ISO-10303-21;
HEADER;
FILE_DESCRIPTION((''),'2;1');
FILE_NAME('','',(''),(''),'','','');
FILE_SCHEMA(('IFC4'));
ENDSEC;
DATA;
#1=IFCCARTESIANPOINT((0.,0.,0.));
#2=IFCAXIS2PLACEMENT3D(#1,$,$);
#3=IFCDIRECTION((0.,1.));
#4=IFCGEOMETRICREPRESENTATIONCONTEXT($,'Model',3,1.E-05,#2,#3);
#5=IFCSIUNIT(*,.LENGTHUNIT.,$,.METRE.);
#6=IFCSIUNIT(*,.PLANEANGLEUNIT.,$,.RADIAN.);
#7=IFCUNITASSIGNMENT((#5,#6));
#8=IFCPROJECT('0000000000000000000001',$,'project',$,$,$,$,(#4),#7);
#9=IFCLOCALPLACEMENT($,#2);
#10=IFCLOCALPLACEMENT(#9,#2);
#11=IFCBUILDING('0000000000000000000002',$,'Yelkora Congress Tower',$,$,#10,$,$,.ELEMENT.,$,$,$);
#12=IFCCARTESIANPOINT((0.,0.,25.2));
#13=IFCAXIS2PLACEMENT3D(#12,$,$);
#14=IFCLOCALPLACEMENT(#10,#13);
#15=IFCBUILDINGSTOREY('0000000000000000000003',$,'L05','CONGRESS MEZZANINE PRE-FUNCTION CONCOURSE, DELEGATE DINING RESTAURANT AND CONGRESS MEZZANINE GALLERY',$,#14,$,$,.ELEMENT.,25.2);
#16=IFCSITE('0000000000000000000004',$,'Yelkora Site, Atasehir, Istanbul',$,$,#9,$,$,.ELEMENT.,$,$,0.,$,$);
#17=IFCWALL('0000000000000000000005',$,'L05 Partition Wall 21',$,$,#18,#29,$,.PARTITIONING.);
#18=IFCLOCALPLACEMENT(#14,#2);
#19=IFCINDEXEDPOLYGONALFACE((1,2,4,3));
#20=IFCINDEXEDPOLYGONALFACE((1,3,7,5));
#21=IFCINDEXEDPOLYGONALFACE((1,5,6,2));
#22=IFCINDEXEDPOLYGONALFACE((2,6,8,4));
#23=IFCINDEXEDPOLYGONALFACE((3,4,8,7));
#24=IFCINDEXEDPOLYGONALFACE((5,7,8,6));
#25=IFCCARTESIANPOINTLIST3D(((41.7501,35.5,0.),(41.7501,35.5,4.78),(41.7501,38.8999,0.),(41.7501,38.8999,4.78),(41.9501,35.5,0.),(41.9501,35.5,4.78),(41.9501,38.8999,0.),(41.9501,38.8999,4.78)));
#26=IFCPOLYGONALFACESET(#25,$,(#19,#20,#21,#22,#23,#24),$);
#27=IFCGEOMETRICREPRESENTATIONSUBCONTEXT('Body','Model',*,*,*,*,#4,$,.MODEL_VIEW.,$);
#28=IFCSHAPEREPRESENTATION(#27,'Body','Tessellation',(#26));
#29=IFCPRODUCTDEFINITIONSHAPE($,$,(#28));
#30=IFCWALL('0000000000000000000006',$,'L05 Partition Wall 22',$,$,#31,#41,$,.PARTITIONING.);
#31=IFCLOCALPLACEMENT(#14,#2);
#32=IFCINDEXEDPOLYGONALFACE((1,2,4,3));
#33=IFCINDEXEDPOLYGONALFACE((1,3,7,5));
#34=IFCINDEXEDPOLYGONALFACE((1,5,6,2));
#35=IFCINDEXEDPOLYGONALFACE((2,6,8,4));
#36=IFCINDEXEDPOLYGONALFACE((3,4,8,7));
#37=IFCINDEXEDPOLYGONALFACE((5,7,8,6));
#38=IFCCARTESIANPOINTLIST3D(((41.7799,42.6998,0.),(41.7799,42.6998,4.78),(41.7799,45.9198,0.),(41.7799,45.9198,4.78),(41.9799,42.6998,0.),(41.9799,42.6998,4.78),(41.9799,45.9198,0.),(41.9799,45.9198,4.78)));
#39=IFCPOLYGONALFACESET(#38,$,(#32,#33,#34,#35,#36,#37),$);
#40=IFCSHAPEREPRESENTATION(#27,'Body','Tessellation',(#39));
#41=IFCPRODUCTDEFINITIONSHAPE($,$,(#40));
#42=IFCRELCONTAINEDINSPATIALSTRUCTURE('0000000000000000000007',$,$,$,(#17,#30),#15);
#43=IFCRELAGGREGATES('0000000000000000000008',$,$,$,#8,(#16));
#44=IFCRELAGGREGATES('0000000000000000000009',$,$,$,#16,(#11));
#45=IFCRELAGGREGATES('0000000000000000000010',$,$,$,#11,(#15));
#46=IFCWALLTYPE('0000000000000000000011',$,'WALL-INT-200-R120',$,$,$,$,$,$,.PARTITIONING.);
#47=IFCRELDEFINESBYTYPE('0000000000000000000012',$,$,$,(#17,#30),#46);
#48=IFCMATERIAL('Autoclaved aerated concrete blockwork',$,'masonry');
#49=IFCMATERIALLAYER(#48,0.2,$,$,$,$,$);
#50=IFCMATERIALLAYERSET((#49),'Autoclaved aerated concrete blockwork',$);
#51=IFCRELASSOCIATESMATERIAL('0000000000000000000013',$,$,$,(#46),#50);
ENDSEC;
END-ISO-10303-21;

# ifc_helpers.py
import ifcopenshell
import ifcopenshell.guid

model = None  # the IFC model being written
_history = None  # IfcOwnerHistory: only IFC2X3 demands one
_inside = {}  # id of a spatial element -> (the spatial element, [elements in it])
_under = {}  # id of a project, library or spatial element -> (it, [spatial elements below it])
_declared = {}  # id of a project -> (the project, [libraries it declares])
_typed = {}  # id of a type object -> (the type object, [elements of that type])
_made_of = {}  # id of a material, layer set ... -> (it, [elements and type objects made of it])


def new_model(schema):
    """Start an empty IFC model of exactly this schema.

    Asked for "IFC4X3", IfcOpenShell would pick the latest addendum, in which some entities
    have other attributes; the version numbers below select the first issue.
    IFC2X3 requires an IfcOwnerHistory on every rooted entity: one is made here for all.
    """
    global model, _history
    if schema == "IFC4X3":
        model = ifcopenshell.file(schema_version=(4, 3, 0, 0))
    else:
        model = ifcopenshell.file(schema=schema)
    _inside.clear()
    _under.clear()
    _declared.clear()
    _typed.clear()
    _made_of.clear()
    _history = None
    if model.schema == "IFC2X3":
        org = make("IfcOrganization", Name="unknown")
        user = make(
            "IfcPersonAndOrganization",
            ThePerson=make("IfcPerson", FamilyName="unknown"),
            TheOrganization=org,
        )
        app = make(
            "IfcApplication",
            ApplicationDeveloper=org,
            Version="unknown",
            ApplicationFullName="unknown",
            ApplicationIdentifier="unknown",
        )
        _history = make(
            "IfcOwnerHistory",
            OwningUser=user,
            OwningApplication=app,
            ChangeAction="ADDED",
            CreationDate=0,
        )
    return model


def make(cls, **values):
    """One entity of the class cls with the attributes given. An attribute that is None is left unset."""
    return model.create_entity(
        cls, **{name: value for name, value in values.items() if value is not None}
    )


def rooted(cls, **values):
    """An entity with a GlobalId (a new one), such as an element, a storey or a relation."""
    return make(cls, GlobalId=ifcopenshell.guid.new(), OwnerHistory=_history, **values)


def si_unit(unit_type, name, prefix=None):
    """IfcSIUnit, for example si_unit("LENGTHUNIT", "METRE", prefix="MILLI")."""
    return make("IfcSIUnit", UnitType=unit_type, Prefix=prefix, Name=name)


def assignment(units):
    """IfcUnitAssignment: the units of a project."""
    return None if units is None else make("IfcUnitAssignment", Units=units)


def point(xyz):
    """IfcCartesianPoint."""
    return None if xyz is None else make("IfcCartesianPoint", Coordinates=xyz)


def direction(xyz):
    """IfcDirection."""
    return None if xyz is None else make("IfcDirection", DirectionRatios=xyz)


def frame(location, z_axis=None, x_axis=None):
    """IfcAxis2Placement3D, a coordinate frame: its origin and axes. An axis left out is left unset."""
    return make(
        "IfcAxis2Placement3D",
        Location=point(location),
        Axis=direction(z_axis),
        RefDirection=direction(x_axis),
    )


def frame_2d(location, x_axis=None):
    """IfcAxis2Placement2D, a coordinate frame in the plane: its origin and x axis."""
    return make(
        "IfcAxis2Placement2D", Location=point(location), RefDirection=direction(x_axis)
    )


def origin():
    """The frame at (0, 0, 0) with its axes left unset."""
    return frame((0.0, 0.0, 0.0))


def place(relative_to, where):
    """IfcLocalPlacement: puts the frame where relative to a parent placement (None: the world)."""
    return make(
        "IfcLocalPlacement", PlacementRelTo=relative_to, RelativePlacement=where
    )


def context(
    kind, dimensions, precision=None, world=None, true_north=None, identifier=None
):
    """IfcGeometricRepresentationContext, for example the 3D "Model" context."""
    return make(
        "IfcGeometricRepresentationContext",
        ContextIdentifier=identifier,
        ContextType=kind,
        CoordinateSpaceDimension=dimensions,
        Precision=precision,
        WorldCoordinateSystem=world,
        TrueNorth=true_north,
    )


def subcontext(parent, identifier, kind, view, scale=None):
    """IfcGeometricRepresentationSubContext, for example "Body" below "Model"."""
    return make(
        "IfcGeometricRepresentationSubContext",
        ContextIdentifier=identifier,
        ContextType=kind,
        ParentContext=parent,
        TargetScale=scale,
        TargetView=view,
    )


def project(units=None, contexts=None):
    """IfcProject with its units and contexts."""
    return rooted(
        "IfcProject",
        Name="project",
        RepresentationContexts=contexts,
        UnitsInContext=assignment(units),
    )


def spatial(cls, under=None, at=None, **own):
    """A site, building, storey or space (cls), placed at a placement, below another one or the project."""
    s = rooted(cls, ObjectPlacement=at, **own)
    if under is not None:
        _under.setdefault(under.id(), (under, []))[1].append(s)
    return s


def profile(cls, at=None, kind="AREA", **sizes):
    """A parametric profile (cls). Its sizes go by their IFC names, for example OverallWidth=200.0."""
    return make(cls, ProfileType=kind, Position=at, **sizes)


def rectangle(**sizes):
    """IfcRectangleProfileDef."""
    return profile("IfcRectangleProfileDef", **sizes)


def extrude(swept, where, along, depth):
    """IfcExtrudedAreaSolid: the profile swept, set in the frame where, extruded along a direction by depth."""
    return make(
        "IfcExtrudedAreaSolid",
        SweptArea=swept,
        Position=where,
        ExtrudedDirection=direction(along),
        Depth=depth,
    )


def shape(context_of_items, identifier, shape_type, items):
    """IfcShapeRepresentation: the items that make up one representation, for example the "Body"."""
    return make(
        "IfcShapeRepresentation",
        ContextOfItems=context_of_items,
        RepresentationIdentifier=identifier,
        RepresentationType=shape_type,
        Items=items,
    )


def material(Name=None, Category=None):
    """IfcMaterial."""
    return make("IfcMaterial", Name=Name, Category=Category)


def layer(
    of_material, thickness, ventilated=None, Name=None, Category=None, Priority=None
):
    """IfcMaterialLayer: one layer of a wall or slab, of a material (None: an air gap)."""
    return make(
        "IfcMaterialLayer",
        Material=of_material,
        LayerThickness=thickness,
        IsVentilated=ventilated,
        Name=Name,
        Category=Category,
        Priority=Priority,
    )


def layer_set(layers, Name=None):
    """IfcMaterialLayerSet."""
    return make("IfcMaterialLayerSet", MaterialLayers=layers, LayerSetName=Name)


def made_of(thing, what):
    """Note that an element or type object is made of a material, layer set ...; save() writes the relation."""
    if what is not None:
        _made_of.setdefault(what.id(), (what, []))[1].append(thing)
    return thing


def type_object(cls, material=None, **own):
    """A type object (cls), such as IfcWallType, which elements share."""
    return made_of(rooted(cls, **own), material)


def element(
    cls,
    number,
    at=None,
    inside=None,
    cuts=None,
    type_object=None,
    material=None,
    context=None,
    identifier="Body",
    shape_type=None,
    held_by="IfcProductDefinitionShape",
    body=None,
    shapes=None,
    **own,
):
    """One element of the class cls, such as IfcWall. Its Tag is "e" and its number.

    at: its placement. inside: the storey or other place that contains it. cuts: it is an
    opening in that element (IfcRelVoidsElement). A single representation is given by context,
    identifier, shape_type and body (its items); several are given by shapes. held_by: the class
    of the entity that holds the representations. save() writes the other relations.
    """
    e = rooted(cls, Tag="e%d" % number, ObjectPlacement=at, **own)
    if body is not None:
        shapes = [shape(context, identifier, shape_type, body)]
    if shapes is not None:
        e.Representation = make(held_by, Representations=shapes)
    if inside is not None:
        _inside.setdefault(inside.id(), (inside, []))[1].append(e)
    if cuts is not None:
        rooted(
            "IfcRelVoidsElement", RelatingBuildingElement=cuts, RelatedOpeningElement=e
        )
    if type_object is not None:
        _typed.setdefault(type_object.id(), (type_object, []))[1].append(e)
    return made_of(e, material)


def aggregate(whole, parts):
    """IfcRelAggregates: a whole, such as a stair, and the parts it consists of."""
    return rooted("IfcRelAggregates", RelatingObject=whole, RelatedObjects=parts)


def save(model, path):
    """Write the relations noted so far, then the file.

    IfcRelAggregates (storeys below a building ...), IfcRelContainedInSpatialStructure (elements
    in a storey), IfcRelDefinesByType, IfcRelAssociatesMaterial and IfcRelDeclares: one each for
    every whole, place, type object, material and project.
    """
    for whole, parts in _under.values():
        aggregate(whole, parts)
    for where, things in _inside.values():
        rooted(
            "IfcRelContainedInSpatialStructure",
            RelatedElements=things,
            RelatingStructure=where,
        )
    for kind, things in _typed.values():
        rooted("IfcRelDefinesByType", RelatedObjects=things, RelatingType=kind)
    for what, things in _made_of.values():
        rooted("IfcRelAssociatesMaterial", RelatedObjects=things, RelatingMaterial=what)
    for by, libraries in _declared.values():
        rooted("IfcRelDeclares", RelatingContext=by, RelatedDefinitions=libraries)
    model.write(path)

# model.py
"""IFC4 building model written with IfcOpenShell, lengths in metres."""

from ifc_helpers import new_model, si_unit, direction, frame, frame_2d, origin, place, context, subcontext, project, spatial, rectangle, extrude, material, layer, layer_set, type_object, element, save


model = new_model("IFC4")

# Units and contexts
model_context = context("Model", 3, precision=1e-05, world=origin(), true_north=direction((0.0, 1.0)))
body_context = subcontext(model_context, "Body", "Model", "MODEL_VIEW")
ifc_project = project(units=[si_unit("LENGTHUNIT", "METRE"), si_unit("PLANEANGLEUNIT", "RADIAN")], contexts=[model_context])

# Site, building, storey
site_placement = place(None, origin())
site = spatial("IfcSite", under=ifc_project, at=site_placement, Name="Yelkora Site, Atasehir, Istanbul", CompositionType="ELEMENT", RefElevation=0.0)
building_placement = place(site_placement, origin())
building = spatial("IfcBuilding", under=site, at=building_placement, Name="Yelkora Congress Tower", CompositionType="ELEMENT")
storey_placement = place(building_placement, frame((0.0, 0.0, 25.2)))
storey = spatial("IfcBuildingStorey", under=building, at=storey_placement, Name="L05", Description="CONGRESS MEZZANINE PRE-FUNCTION CONCOURSE, DELEGATE DINING RESTAURANT AND CONGRESS MEZZANINE GALLERY", CompositionType="ELEMENT", Elevation=25.2)

# Walls
ifc_material_1 = material(Name="Autoclaved aerated concrete blockwork", Category="masonry")
ifc_layer_1 = layer(ifc_material_1, 0.2)
ifc_layer_set_1 = layer_set([ifc_layer_1], Name="Autoclaved aerated concrete blockwork")
wall_type_1 = type_object("IfcWallType", Name="WALL-INT-200-R120", PredefinedType="PARTITIONING", material=ifc_layer_set_1)
wall_1_placement = place(storey_placement, frame((41.8501, 35.5, 0.0), z_axis=(0.0, 0.0, 1.0), x_axis=(0.0, 1.0, 0.0)))
element("IfcWall", 1, at=wall_1_placement, inside=storey, type_object=wall_type_1, Name="L05 Partition Wall 21", PredefinedType="PARTITIONING", context=body_context, shape_type="SweptSolid", body=[
    extrude(rectangle(XDim=3.3999, YDim=0.2, at=frame_2d((1.7, 0.0))), origin(), (0.0, 0.0, 1.0), 4.78),
])
wall_2_placement = place(storey_placement, frame((41.8799, 42.7, 0.0), z_axis=(0.0, 0.0, 1.0), x_axis=(0.0, 1.0, 0.0)))
element("IfcWall", 2, at=wall_2_placement, inside=storey, type_object=wall_type_1, Name="L05 Partition Wall 22", PredefinedType="PARTITIONING", context=body_context, shape_type="SweptSolid", body=[
    extrude(rectangle(XDim=3.22, YDim=0.2, at=frame_2d((1.6099, 0.0))), origin(), (0.0, 0.0, 1.0), 4.78),
])

save(model, "model.ifc")
